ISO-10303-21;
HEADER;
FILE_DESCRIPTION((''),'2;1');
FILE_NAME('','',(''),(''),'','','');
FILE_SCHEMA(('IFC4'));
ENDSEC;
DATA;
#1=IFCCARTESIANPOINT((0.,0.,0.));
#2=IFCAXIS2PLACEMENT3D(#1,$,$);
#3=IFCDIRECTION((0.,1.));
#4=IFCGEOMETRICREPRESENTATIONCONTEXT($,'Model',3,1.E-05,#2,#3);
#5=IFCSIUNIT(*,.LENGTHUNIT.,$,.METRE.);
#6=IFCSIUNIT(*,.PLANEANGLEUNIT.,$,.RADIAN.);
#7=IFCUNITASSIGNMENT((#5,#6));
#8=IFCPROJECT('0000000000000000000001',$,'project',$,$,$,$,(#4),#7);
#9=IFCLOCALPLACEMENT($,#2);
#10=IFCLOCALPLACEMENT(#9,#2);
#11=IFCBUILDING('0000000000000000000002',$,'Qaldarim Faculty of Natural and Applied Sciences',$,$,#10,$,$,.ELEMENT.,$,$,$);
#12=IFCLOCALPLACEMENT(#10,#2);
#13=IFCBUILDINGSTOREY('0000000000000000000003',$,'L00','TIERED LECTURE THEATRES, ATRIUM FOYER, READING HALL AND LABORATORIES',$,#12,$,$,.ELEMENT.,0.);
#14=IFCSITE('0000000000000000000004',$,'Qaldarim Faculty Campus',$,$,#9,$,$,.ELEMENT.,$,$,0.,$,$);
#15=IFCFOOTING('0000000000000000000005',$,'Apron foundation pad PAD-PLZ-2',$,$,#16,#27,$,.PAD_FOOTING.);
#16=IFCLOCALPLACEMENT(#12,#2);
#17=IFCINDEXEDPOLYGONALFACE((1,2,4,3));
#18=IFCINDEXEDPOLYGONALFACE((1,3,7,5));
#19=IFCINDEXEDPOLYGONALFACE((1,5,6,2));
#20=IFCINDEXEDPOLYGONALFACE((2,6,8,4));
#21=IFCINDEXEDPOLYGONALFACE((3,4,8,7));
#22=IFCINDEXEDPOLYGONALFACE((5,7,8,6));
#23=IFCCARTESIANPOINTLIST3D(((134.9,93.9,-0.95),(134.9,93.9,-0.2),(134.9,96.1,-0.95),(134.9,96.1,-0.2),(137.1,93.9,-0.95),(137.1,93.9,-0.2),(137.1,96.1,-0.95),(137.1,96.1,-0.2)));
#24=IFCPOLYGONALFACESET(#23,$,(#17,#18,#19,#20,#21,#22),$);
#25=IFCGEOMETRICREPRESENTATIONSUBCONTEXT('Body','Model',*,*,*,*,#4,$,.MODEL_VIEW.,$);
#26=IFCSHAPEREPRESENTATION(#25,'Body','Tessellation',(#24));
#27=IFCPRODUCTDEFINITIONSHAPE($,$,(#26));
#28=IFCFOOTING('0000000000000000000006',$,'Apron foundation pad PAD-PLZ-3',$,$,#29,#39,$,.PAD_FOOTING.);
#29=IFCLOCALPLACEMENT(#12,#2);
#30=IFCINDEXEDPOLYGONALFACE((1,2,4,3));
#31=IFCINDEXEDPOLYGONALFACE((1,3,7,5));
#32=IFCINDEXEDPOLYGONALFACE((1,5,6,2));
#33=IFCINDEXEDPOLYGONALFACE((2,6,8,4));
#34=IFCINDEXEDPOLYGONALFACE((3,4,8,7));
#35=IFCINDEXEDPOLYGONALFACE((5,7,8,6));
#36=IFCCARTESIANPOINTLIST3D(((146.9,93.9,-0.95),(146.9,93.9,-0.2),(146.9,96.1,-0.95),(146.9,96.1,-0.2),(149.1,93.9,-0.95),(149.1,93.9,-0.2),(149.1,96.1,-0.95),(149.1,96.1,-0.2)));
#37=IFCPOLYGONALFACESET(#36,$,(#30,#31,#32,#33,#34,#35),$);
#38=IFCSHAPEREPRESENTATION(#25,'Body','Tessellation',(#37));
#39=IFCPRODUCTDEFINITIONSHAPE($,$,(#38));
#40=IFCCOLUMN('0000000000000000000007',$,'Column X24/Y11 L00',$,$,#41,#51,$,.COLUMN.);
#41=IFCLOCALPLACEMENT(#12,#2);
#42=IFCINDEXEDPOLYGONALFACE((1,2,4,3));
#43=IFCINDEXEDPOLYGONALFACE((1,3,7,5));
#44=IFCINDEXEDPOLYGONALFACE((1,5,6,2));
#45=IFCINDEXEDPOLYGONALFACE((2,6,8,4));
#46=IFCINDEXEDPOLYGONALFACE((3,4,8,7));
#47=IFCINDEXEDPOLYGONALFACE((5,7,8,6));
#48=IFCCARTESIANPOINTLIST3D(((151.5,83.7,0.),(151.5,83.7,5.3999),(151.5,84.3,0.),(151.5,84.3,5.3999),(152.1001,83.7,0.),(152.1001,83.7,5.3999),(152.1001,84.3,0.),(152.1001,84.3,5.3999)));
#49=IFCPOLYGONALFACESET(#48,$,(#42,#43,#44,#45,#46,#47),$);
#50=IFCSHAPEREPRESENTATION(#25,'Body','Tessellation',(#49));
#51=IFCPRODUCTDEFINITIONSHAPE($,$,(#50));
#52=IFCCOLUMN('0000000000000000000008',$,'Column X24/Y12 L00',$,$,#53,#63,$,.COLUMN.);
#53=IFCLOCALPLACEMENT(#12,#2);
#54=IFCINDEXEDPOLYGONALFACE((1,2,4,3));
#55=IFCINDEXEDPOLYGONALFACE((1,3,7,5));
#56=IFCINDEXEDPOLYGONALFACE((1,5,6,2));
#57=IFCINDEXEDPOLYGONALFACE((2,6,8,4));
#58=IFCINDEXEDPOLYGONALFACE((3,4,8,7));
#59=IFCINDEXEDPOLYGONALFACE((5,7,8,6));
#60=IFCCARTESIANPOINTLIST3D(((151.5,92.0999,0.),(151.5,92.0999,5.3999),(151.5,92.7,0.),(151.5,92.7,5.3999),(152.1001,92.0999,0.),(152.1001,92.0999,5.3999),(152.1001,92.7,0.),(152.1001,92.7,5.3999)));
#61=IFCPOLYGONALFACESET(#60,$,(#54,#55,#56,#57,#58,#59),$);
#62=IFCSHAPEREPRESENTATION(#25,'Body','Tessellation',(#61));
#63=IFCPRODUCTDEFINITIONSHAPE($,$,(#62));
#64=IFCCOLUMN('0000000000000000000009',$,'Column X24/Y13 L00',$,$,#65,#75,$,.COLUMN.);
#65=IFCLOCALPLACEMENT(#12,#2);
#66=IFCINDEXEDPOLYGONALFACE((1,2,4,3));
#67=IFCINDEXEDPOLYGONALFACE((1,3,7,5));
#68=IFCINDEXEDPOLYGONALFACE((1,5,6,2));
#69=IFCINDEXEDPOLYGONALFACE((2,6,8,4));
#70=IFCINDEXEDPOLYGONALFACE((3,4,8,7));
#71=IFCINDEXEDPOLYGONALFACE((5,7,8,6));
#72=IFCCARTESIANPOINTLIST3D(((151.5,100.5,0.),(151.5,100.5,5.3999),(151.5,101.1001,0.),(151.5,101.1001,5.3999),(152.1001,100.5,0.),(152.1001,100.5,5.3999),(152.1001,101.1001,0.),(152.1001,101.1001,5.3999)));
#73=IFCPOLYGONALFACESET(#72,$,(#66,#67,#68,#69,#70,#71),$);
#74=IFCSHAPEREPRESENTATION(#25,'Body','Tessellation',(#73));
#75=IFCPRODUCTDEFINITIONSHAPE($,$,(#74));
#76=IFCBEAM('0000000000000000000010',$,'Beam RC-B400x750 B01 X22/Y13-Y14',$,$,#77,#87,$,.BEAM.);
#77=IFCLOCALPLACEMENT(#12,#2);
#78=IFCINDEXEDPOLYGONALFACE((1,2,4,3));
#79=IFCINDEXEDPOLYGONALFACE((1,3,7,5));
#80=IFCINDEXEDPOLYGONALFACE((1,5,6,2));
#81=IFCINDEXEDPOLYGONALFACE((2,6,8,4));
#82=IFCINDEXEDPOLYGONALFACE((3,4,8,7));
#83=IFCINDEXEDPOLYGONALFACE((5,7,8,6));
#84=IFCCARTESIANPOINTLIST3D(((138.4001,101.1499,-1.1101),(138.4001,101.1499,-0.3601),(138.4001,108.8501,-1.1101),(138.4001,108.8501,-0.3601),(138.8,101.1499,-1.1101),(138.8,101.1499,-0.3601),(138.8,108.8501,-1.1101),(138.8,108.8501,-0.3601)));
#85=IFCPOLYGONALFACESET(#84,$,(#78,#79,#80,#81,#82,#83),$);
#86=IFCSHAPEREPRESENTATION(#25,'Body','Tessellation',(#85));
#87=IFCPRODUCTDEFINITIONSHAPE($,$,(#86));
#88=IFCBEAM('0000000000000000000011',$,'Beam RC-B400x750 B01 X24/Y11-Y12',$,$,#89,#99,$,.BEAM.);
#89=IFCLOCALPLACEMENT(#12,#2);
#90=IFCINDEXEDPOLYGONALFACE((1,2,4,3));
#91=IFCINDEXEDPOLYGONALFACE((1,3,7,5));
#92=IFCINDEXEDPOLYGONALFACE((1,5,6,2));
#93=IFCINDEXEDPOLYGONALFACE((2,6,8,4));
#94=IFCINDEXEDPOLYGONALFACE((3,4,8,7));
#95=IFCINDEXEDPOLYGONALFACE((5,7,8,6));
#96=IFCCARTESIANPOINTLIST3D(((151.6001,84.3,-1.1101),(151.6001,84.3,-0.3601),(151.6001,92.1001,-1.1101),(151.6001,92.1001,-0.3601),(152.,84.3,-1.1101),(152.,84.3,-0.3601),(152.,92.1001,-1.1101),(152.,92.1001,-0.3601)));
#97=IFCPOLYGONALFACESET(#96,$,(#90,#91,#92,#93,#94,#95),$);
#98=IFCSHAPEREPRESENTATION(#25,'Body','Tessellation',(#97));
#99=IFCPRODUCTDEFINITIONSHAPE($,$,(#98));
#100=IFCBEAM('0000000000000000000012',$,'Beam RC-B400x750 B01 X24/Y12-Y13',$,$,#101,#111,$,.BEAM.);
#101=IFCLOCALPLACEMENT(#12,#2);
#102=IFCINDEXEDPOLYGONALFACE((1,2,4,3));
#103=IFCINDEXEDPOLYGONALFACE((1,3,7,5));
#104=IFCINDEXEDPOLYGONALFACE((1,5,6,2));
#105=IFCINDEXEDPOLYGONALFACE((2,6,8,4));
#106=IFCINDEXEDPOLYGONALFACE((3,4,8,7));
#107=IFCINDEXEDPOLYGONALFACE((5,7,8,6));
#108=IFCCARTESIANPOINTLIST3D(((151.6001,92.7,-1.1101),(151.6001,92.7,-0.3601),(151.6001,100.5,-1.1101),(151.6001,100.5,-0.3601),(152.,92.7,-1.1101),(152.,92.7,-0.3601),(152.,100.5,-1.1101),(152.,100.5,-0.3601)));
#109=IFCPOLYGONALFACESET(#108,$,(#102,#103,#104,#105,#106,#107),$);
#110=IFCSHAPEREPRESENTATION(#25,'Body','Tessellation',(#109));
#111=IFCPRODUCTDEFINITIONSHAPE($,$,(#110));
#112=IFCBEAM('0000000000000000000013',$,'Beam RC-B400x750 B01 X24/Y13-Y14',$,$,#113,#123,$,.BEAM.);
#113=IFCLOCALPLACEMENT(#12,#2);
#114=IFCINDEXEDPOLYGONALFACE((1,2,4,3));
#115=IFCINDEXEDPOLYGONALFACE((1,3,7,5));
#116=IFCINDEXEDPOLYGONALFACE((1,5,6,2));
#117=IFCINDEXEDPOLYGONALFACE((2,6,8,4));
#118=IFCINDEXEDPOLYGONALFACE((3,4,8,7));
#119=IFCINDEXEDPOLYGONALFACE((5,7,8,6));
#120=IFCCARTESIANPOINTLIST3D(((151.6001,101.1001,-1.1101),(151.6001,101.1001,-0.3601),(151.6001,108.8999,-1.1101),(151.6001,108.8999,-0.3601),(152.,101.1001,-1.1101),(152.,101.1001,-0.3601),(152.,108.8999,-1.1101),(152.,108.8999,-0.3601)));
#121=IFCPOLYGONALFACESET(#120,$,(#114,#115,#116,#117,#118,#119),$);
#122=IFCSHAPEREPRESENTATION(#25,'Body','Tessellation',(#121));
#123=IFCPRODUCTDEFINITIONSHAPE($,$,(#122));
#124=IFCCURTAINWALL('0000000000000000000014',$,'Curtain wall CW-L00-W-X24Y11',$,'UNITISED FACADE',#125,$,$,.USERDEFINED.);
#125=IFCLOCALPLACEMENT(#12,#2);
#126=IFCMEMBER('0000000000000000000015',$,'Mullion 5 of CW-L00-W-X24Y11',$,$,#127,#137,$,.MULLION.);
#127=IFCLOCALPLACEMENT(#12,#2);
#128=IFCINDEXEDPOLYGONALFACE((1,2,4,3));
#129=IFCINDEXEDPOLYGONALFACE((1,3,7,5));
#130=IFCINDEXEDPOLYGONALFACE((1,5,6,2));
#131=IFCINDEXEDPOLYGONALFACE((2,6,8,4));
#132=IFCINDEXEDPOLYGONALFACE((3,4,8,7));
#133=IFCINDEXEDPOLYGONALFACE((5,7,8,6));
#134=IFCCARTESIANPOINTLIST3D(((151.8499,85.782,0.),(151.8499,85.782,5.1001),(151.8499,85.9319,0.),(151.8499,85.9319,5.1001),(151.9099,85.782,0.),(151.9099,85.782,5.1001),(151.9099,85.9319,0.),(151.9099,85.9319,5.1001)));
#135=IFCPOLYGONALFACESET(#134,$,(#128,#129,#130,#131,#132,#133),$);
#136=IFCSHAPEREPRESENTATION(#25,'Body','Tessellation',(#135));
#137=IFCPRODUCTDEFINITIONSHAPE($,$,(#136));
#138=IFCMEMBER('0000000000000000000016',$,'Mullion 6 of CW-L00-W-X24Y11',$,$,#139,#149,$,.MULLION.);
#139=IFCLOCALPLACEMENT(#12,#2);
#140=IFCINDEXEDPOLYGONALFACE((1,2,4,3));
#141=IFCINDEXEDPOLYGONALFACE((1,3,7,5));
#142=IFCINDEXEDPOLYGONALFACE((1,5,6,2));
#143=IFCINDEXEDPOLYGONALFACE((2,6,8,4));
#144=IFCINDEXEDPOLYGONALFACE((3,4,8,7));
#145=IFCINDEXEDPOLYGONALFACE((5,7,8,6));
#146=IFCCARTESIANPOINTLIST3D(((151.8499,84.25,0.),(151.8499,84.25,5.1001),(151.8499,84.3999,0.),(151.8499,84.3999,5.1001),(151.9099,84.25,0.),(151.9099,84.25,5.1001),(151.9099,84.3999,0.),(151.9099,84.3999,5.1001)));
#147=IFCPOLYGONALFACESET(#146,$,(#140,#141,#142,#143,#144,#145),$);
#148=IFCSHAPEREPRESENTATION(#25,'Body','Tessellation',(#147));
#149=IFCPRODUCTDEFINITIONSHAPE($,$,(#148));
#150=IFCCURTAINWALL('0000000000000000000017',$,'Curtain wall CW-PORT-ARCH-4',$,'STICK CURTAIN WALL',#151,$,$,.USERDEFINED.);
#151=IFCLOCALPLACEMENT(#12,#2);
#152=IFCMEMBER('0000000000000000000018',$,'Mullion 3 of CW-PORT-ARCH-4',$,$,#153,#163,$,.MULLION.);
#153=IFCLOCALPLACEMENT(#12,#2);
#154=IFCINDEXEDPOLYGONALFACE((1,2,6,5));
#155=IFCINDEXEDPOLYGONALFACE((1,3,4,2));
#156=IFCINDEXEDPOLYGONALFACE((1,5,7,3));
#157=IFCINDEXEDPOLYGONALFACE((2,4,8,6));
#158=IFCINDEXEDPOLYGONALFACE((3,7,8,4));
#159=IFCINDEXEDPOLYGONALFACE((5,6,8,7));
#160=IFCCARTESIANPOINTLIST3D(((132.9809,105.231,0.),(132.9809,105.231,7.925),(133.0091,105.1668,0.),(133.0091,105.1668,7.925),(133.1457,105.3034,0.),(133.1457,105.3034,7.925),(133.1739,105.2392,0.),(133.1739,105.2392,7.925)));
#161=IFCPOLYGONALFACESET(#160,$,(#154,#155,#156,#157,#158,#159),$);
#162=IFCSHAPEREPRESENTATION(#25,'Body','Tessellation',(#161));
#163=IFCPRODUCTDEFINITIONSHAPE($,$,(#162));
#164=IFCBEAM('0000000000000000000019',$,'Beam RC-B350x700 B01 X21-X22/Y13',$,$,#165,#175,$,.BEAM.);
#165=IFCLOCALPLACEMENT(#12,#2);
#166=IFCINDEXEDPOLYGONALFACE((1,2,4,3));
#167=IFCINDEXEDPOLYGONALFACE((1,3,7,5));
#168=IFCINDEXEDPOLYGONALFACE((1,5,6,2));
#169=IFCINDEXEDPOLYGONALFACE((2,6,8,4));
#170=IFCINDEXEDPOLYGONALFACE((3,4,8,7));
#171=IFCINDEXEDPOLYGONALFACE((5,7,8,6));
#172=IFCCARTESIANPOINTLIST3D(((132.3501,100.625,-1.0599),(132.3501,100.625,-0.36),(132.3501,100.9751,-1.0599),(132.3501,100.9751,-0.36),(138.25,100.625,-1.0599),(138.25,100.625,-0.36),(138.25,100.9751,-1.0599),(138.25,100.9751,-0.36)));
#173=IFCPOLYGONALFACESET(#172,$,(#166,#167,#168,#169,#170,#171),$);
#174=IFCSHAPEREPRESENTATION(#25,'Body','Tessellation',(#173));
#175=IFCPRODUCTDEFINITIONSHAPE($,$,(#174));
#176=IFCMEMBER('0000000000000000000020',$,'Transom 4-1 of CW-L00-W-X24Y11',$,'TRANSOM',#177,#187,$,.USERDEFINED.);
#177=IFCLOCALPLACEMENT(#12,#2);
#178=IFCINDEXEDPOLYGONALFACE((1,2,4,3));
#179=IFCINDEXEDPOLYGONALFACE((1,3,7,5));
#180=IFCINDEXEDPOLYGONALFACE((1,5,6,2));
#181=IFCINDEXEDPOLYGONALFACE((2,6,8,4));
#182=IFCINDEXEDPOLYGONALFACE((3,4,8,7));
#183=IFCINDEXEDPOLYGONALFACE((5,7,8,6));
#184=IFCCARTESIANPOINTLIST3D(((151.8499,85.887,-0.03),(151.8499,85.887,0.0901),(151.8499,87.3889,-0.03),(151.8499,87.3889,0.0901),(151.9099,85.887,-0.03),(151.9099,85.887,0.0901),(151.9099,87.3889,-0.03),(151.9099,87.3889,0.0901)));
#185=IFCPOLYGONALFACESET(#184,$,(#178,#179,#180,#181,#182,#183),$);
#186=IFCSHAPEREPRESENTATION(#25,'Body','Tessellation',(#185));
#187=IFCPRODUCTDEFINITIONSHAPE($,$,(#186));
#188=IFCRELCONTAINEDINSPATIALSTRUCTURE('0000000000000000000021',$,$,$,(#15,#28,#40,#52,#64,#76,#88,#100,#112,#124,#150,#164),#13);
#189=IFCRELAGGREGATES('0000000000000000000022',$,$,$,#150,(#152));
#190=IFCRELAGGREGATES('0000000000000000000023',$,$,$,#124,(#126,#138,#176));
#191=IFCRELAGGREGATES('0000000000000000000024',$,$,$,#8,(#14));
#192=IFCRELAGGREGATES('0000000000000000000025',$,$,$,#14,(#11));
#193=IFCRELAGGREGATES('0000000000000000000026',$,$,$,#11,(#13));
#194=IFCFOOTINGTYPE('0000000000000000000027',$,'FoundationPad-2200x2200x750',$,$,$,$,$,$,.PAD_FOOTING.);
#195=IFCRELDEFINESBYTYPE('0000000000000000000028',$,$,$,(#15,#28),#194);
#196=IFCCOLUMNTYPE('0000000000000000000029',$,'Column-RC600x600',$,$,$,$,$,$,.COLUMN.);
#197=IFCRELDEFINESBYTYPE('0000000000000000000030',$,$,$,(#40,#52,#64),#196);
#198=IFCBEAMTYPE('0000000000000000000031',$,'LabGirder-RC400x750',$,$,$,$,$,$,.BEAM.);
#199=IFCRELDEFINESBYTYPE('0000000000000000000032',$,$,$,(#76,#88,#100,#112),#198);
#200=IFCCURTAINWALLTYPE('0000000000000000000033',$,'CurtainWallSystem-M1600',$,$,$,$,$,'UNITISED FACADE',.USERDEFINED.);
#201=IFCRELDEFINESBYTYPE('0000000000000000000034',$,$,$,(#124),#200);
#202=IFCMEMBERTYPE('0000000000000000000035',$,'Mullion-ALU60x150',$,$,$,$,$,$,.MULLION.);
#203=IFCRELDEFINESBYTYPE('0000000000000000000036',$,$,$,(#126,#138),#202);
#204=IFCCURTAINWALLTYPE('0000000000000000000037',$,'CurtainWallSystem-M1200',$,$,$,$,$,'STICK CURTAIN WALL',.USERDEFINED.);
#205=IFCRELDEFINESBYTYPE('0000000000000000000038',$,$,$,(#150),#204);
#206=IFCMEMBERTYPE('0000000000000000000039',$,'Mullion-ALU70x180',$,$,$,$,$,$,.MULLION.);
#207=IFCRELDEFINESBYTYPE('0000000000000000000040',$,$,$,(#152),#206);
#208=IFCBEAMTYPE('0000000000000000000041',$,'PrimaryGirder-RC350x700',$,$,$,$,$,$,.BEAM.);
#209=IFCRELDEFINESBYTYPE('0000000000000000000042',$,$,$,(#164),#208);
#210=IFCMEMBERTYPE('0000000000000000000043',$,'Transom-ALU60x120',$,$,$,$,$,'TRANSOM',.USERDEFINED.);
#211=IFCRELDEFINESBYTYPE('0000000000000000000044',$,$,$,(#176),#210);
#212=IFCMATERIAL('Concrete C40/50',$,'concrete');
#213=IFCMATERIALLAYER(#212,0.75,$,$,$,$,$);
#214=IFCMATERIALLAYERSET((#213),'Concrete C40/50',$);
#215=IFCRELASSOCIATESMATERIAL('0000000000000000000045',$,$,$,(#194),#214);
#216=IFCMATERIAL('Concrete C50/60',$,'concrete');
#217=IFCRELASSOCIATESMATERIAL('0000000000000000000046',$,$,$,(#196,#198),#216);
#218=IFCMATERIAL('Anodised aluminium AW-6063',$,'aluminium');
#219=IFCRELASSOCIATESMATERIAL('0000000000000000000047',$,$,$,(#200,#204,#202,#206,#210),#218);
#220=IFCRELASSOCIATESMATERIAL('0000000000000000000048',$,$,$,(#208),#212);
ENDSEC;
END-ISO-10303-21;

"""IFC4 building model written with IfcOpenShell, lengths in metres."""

from ifc_helpers import new_model, si_unit, direction, frame, origin, origin_2d, place, context, subcontext, project, spatial, rectangle, extrude, material, layer, layer_set, material_profile, profile_set, type_object, element, aggregate, save


model = new_model("IFC4")

# Units and contexts
model_context = context("Model", 3, precision=1e-05, world=origin(), true_north=direction((0.0, 1.0)))
body_context = subcontext(model_context, "Body", "Model", "MODEL_VIEW")
ifc_project = project(units=[si_unit("LENGTHUNIT", "METRE"), si_unit("PLANEANGLEUNIT", "RADIAN")], contexts=[model_context])

# Site, building, storey
site_placement = place(None, origin())
site = spatial("IfcSite", under=ifc_project, at=site_placement, Name="Qaldarim Faculty Campus", CompositionType="ELEMENT", RefElevation=0.0)
building_placement = place(site_placement, origin())
building = spatial("IfcBuilding", under=site, at=building_placement, Name="Qaldarim Faculty of Natural and Applied Sciences", CompositionType="ELEMENT")
storey_placement = place(building_placement, origin())
storey = spatial("IfcBuildingStorey", under=building, at=storey_placement, Name="L00", Description="TIERED LECTURE THEATRES, ATRIUM FOYER, READING HALL AND LABORATORIES", CompositionType="ELEMENT", Elevation=0.0)

# Footings
ifc_material_1 = material(Name="Concrete C40/50", Category="concrete")
ifc_layer_1 = layer(ifc_material_1, 0.75)
ifc_layer_set_1 = layer_set([ifc_layer_1], Name="Concrete C40/50")
footing_type = type_object("IfcFootingType", Name="FoundationPad-2200x2200x750", PredefinedType="PAD_FOOTING", material=ifc_layer_set_1)
for number, where, z_axis, x_axis, name in (
    (1, (136.0, 95.0, -0.95), (0.0, 0.0, 1.0), (1.0, 0.0, 0.0), "Apron foundation pad PAD-PLZ-2"),
    (2, (148.0, 95.0, -0.95), (0.0, 0.0, 1.0), (1.0, 0.0, 0.0), "Apron foundation pad PAD-PLZ-3"),
):
    element("IfcFooting", number, at=place(storey_placement, frame(where, z_axis=z_axis, x_axis=x_axis)), inside=storey, type_object=footing_type, Name=name, PredefinedType="PAD_FOOTING", context=body_context, shape_type="SweptSolid", body=[
        extrude(rectangle(XDim=2.2, YDim=2.2, at=origin_2d()), origin(), (0.0, 0.0, 1.0), 0.75),
    ])

# Columns
ifc_material_2 = material(Name="Concrete C50/60", Category="concrete")
ifc_material_profile_1 = material_profile(ifc_material_2, rectangle(XDim=0.6001, YDim=0.6001, at=origin_2d()), Name="RC-C600x600")
ifc_profile_set_1 = profile_set([ifc_material_profile_1], Name="Concrete C50/60")
column_type = type_object("IfcColumnType", Name="Column-RC600x600", PredefinedType="COLUMN", material=ifc_profile_set_1)
for number, where, z_axis, x_axis, name in (
    (3, (151.8, 84.0, 0.0), (0.0, 0.0, 1.0), (1.0, 0.0, 0.0), "Column X24/Y11 L00"),
    (4, (151.8, 92.3999, 0.0), (0.0, 0.0, 1.0), (1.0, 0.0, 0.0), "Column X24/Y12 L00"),
    (5, (151.8, 100.8, 0.0), (0.0, 0.0, 1.0), (1.0, 0.0, 0.0), "Column X24/Y13 L00"),
):
    element("IfcColumn", number, at=place(storey_placement, frame(where, z_axis=z_axis, x_axis=x_axis)), inside=storey, type_object=column_type, Name=name, PredefinedType="COLUMN", context=body_context, shape_type="SweptSolid", body=[
        extrude(rectangle(XDim=0.6001, YDim=0.6001, at=origin_2d()), origin(), (0.0, 0.0, 1.0), 5.3999),
    ])

# Beams
ifc_material_profile_2 = material_profile(ifc_material_2, rectangle(XDim=0.3999, YDim=0.75, at=origin_2d()), Name="RC-B400x750")
ifc_profile_set_2 = profile_set([ifc_material_profile_2], Name="Concrete C50/60")
beam_type_1 = type_object("IfcBeamType", Name="LabGirder-RC400x750", PredefinedType="BEAM", material=ifc_profile_set_2)
beam_1_placement = place(storey_placement, frame((138.6001, 101.1499, -0.7351), z_axis=(0.0, 1.0, 0.0), x_axis=(-1.0, 0.0, 0.0)))
element("IfcBeam", 6, at=beam_1_placement, inside=storey, type_object=beam_type_1, Name="Beam RC-B400x750 B01 X22/Y13-Y14", PredefinedType="BEAM", context=body_context, shape_type="SweptSolid", body=[
    extrude(rectangle(XDim=0.3999, YDim=0.75, at=origin_2d()), origin(), (0.0, 0.0, 1.0), 7.7002),
])
for number, where, z_axis, x_axis, name in (
    (7, (151.8, 84.3, -0.7351), (0.0, 1.0, 0.0), (-1.0, 0.0, 0.0), "Beam RC-B400x750 B01 X24/Y11-Y12"),
    (8, (151.8, 92.7, -0.7351), (0.0, 1.0, 0.0), (-1.0, 0.0, 0.0), "Beam RC-B400x750 B01 X24/Y12-Y13"),
):
    element("IfcBeam", number, at=place(storey_placement, frame(where, z_axis=z_axis, x_axis=x_axis)), inside=storey, type_object=beam_type_1, Name=name, PredefinedType="BEAM", context=body_context, shape_type="SweptSolid", body=[
        extrude(rectangle(XDim=0.3999, YDim=0.75, at=origin_2d()), origin(), (0.0, 0.0, 1.0), 7.8),
    ])
beam_2_placement = place(storey_placement, frame((151.8, 101.1001, -0.7351), z_axis=(0.0, 1.0, 0.0), x_axis=(-1.0, 0.0, 0.0)))
element("IfcBeam", 9, at=beam_2_placement, inside=storey, type_object=beam_type_1, Name="Beam RC-B400x750 B01 X24/Y13-Y14", PredefinedType="BEAM", context=body_context, shape_type="SweptSolid", body=[
    extrude(rectangle(XDim=0.3999, YDim=0.75, at=origin_2d()), origin(), (0.0, 0.0, 1.0), 7.7998),
])

# Curtain wall, members
ifc_material_3 = material(Name="Anodised aluminium AW-6063", Category="aluminium")
curtain_wall_type_1 = type_object("IfcCurtainWallType", Name="CurtainWallSystem-M1600", ElementType="UNITISED FACADE", PredefinedType="USERDEFINED", material=ifc_material_3)
curtain_wall_1_placement = place(storey_placement, origin())
curtain_wall_1 = element("IfcCurtainWall", 10, at=curtain_wall_1_placement, inside=storey, type_object=curtain_wall_type_1, Name="Curtain wall CW-L00-W-X24Y11", ObjectType="UNITISED FACADE", PredefinedType="USERDEFINED")
ifc_material_profile_3 = material_profile(ifc_material_3, rectangle(XDim=0.0601, YDim=0.1499, at=origin_2d()), Name="ALU-M60x150")
ifc_profile_set_3 = profile_set([ifc_material_profile_3], Name="Anodised aluminium AW-6063")
member_type_1 = type_object("IfcMemberType", Name="Mullion-ALU60x150", PredefinedType="MULLION", material=ifc_profile_set_3)
member_1_placement = place(storey_placement, frame((151.8799, 85.8569, 0.0), z_axis=(0.0, 0.0, 1.0), x_axis=(1.0, 0.0, 0.0)))
member_1 = element("IfcMember", 11, at=member_1_placement, type_object=member_type_1, Name="Mullion 5 of CW-L00-W-X24Y11", PredefinedType="MULLION", context=body_context, shape_type="SweptSolid", body=[
    extrude(rectangle(XDim=0.0601, YDim=0.1499, at=origin_2d()), origin(), (0.0, 0.0, 1.0), 5.1001),
])
member_2_placement = place(storey_placement, frame((151.8799, 84.325, 0.0), z_axis=(0.0, 0.0, 1.0), x_axis=(1.0, 0.0, 0.0)))
member_2 = element("IfcMember", 12, at=member_2_placement, type_object=member_type_1, Name="Mullion 6 of CW-L00-W-X24Y11", PredefinedType="MULLION", context=body_context, shape_type="SweptSolid", body=[
    extrude(rectangle(XDim=0.0601, YDim=0.1499, at=origin_2d()), origin(), (0.0, 0.0, 1.0), 5.1001),
])

# Curtain wall, member
curtain_wall_type_2 = type_object("IfcCurtainWallType", Name="CurtainWallSystem-M1200", ElementType="STICK CURTAIN WALL", PredefinedType="USERDEFINED", material=ifc_material_3)
curtain_wall_2_placement = place(storey_placement, origin())
curtain_wall_2 = element("IfcCurtainWall", 13, at=curtain_wall_2_placement, inside=storey, type_object=curtain_wall_type_2, Name="Curtain wall CW-PORT-ARCH-4", ObjectType="STICK CURTAIN WALL", PredefinedType="USERDEFINED")
ifc_material_profile_4 = material_profile(ifc_material_3, rectangle(XDim=0.0701, YDim=0.1799, at=origin_2d()), Name="ALU-M70x180")
ifc_profile_set_4 = profile_set([ifc_material_profile_4], Name="Anodised aluminium AW-6063")
member_type_2 = type_object("IfcMemberType", Name="Mullion-ALU70x180", PredefinedType="MULLION", material=ifc_profile_set_4)
member_3_placement = place(storey_placement, frame((133.0774, 105.2351, 0.0), z_axis=(0.0, 0.0, 1.0), x_axis=(-0.402235, 0.915536, 0.0)))
member_3 = element("IfcMember", 14, at=member_3_placement, type_object=member_type_2, Name="Mullion 3 of CW-PORT-ARCH-4", PredefinedType="MULLION", context=body_context, shape_type="SweptSolid", body=[
    extrude(rectangle(XDim=0.0701, YDim=0.1799, at=origin_2d()), origin(), (0.0, 0.0, 1.0), 7.925),
])

# Beam
ifc_material_profile_5 = material_profile(ifc_material_1, rectangle(XDim=0.3501, YDim=0.7, at=origin_2d()), Name="RC-B350x700")
ifc_profile_set_5 = profile_set([ifc_material_profile_5], Name="Concrete C40/50")
beam_type_2 = type_object("IfcBeamType", Name="PrimaryGirder-RC350x700", PredefinedType="BEAM", material=ifc_profile_set_5)
beam_3_placement = place(storey_placement, frame((132.3501, 100.8, -0.71), z_axis=(1.0, 0.0, 0.0), x_axis=(0.0, 1.0, 0.0)))
element("IfcBeam", 15, at=beam_3_placement, inside=storey, type_object=beam_type_2, Name="Beam RC-B350x700 B01 X21-X22/Y13", PredefinedType="BEAM", context=body_context, shape_type="SweptSolid", body=[
    extrude(rectangle(XDim=0.3501, YDim=0.7, at=origin_2d()), origin(), (0.0, 0.0, 1.0), 5.8999),
])

# Member
ifc_material_profile_6 = material_profile(ifc_material_3, rectangle(XDim=0.0601, YDim=0.1201, at=origin_2d()), Name="ALU-T60x120")
ifc_profile_set_6 = profile_set([ifc_material_profile_6], Name="Anodised aluminium AW-6063")
member_type_3 = type_object("IfcMemberType", Name="Transom-ALU60x120", ElementType="TRANSOM", PredefinedType="USERDEFINED", material=ifc_profile_set_6)
member_4_placement = place(storey_placement, frame((151.8799, 87.3889, 0.03), z_axis=(0.0, -1.0, 0.0), x_axis=(1.0, 0.0, 0.0)))
member_4 = element("IfcMember", 16, at=member_4_placement, type_object=member_type_3, Name="Transom 4-1 of CW-L00-W-X24Y11", ObjectType="TRANSOM", PredefinedType="USERDEFINED", context=body_context, shape_type="SweptSolid", body=[
    extrude(rectangle(XDim=0.0601, YDim=0.1201, at=origin_2d()), origin(), (0.0, 0.0, 1.0), 1.502),
])

aggregate(curtain_wall_2, [member_3])
aggregate(curtain_wall_1, [member_1, member_2, member_4])

save(model, "model.ifc")
